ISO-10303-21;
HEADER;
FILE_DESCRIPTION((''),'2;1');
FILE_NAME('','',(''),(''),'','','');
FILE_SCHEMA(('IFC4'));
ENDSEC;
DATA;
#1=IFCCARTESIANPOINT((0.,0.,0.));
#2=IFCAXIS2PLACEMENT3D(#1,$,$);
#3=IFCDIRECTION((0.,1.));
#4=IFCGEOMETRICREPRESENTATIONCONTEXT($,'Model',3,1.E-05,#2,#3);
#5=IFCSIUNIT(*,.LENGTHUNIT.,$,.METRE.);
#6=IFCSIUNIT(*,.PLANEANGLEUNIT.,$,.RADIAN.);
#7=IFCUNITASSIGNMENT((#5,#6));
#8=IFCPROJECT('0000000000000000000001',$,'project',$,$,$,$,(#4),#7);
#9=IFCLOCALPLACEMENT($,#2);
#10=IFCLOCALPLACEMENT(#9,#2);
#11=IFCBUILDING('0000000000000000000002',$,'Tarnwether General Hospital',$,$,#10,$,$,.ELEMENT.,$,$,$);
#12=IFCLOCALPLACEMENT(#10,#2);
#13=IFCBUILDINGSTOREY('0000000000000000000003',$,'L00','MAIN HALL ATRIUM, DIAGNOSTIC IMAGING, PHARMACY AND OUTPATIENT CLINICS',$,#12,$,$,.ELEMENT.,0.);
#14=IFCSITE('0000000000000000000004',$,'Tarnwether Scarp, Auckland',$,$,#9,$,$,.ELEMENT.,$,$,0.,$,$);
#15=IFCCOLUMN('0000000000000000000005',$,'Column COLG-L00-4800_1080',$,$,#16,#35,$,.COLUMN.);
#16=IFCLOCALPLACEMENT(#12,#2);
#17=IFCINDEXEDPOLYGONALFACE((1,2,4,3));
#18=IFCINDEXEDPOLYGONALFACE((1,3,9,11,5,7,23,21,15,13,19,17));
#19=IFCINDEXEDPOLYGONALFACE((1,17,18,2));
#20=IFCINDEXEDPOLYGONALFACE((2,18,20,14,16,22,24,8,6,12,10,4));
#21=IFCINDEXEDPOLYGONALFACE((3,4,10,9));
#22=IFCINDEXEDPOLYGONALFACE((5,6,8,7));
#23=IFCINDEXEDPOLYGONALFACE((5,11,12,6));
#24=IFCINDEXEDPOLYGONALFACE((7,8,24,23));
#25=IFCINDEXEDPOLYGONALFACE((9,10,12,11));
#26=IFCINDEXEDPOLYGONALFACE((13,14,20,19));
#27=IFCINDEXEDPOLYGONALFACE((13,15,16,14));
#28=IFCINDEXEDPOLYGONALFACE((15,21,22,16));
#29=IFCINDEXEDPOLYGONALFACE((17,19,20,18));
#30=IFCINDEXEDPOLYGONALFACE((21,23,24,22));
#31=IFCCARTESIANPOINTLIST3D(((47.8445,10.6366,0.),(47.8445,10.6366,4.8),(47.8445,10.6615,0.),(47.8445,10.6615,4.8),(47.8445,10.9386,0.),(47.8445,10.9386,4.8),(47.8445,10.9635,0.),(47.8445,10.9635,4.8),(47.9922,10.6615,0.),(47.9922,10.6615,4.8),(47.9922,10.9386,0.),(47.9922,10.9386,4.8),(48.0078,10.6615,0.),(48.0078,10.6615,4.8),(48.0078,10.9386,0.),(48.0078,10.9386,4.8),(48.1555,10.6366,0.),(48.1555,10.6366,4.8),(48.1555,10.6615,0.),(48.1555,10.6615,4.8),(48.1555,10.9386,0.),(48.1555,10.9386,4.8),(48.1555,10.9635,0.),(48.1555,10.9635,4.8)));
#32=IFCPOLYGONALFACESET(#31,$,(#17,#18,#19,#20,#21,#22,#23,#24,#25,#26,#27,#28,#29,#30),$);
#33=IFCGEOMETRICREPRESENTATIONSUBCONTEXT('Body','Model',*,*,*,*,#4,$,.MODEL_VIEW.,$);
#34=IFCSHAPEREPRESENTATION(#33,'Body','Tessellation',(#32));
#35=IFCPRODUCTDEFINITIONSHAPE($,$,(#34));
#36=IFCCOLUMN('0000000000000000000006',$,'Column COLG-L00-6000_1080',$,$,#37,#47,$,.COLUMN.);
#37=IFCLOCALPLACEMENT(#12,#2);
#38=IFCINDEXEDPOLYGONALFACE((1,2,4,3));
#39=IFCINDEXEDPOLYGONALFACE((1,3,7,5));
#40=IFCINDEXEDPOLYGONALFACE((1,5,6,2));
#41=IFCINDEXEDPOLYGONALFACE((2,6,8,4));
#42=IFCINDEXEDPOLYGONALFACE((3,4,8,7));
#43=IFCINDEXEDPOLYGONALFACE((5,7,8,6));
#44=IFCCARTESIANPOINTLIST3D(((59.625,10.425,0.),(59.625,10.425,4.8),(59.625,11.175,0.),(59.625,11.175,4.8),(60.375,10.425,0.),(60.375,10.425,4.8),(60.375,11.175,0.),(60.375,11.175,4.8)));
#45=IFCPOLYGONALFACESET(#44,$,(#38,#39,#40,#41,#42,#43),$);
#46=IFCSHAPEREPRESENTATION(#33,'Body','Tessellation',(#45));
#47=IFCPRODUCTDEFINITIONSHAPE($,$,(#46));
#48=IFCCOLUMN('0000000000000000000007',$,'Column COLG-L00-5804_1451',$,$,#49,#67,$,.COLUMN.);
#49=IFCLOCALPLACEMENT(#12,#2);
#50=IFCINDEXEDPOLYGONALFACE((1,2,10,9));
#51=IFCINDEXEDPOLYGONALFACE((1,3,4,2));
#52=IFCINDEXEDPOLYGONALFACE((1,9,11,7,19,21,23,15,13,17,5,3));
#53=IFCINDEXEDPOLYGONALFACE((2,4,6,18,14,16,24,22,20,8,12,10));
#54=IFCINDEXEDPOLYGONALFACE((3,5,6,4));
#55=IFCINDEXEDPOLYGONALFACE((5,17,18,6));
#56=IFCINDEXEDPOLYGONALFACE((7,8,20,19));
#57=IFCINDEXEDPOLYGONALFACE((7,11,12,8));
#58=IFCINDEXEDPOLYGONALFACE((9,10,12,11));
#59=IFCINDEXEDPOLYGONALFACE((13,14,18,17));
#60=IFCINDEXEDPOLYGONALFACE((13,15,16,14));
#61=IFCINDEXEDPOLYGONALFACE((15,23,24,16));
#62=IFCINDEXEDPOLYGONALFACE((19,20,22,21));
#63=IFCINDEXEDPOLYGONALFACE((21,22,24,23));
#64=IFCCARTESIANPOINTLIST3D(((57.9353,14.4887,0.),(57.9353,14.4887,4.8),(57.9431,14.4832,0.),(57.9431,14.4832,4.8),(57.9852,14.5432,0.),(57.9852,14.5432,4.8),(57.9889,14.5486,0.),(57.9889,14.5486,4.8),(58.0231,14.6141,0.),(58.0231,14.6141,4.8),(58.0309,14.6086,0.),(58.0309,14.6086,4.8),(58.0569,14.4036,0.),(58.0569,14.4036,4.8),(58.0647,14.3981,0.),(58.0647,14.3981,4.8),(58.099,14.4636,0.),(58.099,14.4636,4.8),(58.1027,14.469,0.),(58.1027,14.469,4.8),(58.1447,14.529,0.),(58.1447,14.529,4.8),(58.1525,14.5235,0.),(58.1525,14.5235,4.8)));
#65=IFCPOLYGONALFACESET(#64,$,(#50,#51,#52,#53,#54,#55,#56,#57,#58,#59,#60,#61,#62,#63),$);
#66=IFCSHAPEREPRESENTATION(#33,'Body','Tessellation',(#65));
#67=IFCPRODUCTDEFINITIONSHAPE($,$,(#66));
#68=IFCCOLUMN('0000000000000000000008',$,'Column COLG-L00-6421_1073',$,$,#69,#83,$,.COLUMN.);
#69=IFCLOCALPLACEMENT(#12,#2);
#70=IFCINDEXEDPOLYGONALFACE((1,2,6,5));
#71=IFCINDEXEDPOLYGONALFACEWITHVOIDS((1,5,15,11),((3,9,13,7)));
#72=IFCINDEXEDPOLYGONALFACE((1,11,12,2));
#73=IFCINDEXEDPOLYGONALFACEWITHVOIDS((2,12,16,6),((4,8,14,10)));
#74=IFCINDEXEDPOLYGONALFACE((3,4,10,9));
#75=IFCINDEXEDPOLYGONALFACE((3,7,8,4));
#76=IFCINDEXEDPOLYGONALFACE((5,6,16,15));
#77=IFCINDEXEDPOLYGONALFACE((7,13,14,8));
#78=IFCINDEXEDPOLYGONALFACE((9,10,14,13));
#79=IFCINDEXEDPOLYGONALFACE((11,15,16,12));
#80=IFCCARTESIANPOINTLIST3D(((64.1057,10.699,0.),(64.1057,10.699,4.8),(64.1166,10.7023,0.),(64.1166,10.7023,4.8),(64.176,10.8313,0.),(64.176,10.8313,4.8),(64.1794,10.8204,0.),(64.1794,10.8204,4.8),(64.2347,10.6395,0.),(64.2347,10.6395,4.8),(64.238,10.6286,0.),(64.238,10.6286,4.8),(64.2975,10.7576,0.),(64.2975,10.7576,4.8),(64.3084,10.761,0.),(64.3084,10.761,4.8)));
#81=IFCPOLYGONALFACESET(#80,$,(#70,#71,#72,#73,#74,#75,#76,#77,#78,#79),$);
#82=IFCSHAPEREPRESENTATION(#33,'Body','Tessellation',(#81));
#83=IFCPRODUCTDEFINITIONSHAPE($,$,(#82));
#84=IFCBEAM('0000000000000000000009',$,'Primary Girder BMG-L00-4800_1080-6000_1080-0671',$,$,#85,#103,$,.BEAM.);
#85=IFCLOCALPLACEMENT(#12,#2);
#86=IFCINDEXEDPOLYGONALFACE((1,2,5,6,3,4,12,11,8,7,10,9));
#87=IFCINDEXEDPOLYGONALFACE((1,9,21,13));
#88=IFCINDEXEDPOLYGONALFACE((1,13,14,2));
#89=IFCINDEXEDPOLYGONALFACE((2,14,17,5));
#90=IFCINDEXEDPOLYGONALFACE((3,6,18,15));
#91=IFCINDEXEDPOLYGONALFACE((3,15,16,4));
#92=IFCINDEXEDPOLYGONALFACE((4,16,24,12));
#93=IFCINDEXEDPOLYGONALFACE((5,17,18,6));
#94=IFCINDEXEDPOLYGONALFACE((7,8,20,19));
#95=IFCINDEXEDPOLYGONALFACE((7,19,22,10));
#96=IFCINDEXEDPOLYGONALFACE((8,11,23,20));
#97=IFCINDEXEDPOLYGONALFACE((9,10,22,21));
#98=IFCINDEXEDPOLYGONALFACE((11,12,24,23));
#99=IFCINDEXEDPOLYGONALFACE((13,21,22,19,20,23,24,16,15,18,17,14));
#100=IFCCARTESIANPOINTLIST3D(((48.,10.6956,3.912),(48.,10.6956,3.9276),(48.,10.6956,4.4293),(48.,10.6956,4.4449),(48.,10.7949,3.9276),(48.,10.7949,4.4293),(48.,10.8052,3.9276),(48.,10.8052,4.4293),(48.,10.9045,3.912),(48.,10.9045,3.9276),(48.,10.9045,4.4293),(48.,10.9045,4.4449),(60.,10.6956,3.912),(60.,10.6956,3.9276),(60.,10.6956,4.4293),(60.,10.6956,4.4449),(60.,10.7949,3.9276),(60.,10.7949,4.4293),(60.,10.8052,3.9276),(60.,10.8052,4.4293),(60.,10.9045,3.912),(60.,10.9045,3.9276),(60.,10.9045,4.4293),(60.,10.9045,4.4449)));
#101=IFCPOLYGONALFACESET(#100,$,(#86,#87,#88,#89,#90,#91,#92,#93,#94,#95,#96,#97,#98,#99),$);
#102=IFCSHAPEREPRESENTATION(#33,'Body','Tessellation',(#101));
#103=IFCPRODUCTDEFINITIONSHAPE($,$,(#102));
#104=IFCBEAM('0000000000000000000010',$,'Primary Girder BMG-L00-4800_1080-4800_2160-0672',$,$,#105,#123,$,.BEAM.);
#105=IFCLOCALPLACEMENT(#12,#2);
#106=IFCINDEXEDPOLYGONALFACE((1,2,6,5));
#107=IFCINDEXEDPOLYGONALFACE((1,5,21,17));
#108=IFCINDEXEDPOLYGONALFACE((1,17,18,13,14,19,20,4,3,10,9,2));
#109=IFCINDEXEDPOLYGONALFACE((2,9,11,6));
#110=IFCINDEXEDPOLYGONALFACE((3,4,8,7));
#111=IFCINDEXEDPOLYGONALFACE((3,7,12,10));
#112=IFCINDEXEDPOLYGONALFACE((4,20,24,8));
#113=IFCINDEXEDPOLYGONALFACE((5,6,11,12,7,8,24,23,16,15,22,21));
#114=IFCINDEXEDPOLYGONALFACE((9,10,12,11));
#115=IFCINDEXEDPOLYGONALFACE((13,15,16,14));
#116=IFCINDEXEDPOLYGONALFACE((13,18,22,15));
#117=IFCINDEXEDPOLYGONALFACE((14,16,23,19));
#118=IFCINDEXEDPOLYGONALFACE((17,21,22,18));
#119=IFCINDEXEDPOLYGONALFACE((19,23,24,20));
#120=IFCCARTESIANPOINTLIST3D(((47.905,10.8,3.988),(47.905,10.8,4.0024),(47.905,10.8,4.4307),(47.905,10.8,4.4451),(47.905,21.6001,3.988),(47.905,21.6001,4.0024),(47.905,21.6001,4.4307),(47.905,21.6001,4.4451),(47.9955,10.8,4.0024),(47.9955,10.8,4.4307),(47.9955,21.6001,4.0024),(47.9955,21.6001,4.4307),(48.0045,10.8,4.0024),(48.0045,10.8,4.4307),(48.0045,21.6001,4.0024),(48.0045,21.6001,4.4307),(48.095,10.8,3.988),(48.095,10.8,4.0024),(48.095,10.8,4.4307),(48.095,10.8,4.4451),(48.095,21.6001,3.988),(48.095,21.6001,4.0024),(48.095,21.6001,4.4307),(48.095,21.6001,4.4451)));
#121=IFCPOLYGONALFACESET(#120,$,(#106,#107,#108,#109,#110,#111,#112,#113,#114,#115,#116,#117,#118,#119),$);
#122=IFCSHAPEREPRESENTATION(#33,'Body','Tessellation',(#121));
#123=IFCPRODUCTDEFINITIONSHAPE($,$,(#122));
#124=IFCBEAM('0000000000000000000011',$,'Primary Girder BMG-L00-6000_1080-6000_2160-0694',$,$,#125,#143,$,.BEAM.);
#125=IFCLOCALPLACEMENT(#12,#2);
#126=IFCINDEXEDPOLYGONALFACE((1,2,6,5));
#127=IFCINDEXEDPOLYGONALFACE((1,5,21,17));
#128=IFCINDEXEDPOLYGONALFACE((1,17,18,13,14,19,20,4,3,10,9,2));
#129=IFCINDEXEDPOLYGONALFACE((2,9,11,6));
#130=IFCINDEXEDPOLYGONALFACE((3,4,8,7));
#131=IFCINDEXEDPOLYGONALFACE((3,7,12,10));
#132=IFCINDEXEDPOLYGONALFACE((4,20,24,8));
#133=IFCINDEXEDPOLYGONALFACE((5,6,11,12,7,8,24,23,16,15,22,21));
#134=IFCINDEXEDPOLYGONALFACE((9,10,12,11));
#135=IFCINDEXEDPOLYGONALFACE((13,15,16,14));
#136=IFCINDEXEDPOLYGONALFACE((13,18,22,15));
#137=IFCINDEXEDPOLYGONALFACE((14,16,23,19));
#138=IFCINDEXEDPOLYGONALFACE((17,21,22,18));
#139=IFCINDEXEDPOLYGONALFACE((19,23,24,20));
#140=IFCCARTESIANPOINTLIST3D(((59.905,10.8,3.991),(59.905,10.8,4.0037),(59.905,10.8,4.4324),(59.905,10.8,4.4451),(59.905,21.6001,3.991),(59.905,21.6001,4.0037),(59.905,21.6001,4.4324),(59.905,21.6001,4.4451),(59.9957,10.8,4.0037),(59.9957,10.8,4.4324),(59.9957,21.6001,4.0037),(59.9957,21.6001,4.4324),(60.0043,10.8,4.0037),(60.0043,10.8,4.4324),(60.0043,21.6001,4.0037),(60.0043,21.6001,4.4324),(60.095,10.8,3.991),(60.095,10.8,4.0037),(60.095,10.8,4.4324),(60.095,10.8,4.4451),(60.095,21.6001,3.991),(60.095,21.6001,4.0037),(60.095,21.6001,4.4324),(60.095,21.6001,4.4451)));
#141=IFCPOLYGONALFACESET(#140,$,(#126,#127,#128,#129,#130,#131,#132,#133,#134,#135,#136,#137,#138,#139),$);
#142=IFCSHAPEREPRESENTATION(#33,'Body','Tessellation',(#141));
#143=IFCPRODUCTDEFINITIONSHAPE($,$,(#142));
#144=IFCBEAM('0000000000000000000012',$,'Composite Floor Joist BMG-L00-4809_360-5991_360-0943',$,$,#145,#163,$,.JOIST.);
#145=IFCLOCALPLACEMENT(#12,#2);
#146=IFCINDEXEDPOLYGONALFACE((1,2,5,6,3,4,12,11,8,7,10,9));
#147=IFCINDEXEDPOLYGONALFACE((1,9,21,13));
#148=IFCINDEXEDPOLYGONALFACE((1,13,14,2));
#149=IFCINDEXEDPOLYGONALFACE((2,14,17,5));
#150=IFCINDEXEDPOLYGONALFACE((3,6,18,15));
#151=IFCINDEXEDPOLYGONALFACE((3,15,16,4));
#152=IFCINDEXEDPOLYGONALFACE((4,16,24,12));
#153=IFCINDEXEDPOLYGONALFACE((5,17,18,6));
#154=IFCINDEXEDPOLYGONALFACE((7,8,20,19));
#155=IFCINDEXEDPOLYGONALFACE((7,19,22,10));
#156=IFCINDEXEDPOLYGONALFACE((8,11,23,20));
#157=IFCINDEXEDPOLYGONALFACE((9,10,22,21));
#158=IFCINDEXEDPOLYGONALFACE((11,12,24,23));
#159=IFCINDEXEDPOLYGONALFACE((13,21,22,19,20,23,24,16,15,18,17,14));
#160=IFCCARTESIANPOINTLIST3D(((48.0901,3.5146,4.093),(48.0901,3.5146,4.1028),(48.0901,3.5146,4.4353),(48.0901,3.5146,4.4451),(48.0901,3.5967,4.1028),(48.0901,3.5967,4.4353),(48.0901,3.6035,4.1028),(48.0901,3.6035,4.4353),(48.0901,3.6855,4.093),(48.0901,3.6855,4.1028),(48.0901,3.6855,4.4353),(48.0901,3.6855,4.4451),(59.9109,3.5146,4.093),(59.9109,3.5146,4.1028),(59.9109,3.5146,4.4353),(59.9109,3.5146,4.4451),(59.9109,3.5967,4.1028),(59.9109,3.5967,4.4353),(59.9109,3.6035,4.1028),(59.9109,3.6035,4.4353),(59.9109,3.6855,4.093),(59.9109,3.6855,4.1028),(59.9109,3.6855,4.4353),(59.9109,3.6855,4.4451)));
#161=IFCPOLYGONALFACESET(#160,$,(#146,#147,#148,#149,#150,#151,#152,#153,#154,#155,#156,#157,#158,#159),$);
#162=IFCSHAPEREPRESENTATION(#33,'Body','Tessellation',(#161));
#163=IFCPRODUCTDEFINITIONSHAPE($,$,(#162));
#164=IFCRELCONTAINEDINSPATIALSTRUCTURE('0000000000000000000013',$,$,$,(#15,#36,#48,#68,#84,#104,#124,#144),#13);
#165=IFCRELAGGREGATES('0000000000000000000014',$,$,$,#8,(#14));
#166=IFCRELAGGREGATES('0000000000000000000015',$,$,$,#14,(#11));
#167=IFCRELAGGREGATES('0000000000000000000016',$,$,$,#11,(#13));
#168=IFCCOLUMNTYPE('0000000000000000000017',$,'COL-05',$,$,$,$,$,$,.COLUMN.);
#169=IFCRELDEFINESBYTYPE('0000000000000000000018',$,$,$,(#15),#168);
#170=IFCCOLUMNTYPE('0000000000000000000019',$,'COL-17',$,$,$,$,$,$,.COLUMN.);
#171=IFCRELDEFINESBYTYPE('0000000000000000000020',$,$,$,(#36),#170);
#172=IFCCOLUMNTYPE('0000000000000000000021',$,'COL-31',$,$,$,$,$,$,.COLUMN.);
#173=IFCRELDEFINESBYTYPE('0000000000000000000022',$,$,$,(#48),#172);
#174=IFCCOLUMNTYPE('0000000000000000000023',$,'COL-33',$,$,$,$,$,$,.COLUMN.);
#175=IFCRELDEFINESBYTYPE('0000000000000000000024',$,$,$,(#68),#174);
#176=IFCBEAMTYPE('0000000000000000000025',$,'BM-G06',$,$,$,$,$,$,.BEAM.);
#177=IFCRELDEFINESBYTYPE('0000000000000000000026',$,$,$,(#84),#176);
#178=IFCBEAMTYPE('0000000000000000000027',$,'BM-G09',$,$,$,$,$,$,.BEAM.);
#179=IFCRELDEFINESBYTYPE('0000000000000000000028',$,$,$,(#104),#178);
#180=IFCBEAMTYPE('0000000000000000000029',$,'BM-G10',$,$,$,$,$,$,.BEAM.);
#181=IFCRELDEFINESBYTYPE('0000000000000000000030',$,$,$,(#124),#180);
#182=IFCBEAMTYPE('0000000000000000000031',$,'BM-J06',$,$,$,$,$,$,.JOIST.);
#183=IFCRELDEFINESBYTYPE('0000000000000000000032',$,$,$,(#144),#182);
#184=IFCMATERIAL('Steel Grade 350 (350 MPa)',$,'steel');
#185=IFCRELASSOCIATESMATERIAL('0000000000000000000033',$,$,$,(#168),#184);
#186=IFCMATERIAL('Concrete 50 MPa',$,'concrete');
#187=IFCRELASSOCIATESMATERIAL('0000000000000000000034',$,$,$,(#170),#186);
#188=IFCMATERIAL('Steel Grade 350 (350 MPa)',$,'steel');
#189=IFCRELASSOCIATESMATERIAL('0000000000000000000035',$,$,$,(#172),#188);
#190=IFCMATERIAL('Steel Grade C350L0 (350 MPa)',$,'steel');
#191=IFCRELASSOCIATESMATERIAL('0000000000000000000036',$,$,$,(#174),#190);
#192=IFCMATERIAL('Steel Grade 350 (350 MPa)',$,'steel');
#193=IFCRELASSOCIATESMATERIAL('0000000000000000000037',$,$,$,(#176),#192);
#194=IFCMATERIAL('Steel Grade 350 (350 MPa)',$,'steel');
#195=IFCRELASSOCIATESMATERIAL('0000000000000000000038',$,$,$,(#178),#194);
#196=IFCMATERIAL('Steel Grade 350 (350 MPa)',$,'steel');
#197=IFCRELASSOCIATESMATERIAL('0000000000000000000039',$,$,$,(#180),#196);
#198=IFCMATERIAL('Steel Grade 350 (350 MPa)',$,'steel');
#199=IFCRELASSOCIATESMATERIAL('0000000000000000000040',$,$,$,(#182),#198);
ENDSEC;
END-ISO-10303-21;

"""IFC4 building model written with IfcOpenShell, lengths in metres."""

from ifc_helpers import new_model, si_unit, direction, frame, origin, origin_2d, place, context, subcontext, project, spatial, rectangle, hollow_rectangle, i_section, extrude, material, material_profile, profile_set, type_object, element, save


model = new_model("IFC4")

# Units and contexts
model_context = context("Model", 3, precision=1e-05, world=origin(), true_north=direction((0.0, 1.0)))
body_context = subcontext(model_context, "Body", "Model", "MODEL_VIEW")
ifc_project = project(units=[si_unit("LENGTHUNIT", "METRE"), si_unit("PLANEANGLEUNIT", "RADIAN")], contexts=[model_context])

# Site, building, storey
site_placement = place(None, origin())
site = spatial("IfcSite", under=ifc_project, at=site_placement, Name="Tarnwether Scarp, Auckland", CompositionType="ELEMENT", RefElevation=0.0)
building_placement = place(site_placement, origin())
building = spatial("IfcBuilding", under=site, at=building_placement, Name="Tarnwether General Hospital", CompositionType="ELEMENT")
storey_placement = place(building_placement, origin())
storey = spatial("IfcBuildingStorey", under=building, at=storey_placement, Name="L00", Description="MAIN HALL ATRIUM, DIAGNOSTIC IMAGING, PHARMACY AND OUTPATIENT CLINICS", CompositionType="ELEMENT", Elevation=0.0)

# Columns
ifc_material_1 = material(Name="Steel Grade 350 (350 MPa)", Category="steel")
ifc_material_profile_1 = material_profile(ifc_material_1, i_section(OverallWidth=0.311, OverallDepth=0.3269, WebThickness=0.0156, FlangeThickness=0.0249, at=origin_2d()), Name="310UC158")
ifc_profile_set_1 = profile_set([ifc_material_profile_1], Name="Steel Grade 350 (350 MPa)")
column_type_1 = type_object("IfcColumnType", Name="COL-05", PredefinedType="COLUMN", material=ifc_profile_set_1)
column_1_placement = place(storey_placement, frame((48.0, 10.8, 0.0), z_axis=(0.0, 0.0, 1.0), x_axis=(1.0, 0.0, 0.0)))
element("IfcColumn", 1, at=column_1_placement, inside=storey, type_object=column_type_1, Name="Column COLG-L00-4800_1080", PredefinedType="COLUMN", context=body_context, shape_type="SweptSolid", body=[
    extrude(i_section(OverallWidth=0.311, OverallDepth=0.3269, WebThickness=0.0156, FlangeThickness=0.0249, at=origin_2d()), origin(), (0.0, 0.0, 1.0), 4.8),
])
ifc_material_2 = material(Name="Concrete 50 MPa", Category="concrete")
ifc_material_profile_2 = material_profile(ifc_material_2, rectangle(XDim=0.75, YDim=0.75, at=origin_2d()), Name="RC-COL-750x750")
ifc_profile_set_2 = profile_set([ifc_material_profile_2], Name="Concrete 50 MPa")
column_type_2 = type_object("IfcColumnType", Name="COL-17", PredefinedType="COLUMN", material=ifc_profile_set_2)
column_2_placement = place(storey_placement, frame((60.0, 10.8, 0.0), z_axis=(0.0, 0.0, 1.0), x_axis=(0.0, 1.0, 0.0)))
element("IfcColumn", 2, at=column_2_placement, inside=storey, type_object=column_type_2, Name="Column COLG-L00-6000_1080", PredefinedType="COLUMN", context=body_context, shape_type="SweptSolid", body=[
    extrude(rectangle(XDim=0.75, YDim=0.75, at=origin_2d()), origin(), (0.0, 0.0, 1.0), 4.8),
])
ifc_material_3 = material(Name="Steel Grade 350 (350 MPa)", Category="steel")
ifc_material_profile_3 = material_profile(ifc_material_3, i_section(OverallWidth=0.1531, OverallDepth=0.158, WebThickness=0.0066, FlangeThickness=0.0095, at=origin_2d()), Name="150UC30.0")
ifc_profile_set_3 = profile_set([ifc_material_profile_3], Name="Steel Grade 350 (350 MPa)")
column_type_3 = type_object("IfcColumnType", Name="COL-31", PredefinedType="COLUMN", material=ifc_profile_set_3)
column_3_placement = place(storey_placement, frame((58.0439, 14.5061, 0.0), z_axis=(0.0, 0.0, 1.0), x_axis=(0.573576, 0.819152, 0.0)))
element("IfcColumn", 3, at=column_3_placement, inside=storey, type_object=column_type_3, Name="Column COLG-L00-5804_1451", PredefinedType="COLUMN", context=body_context, shape_type="SweptSolid", body=[
    extrude(i_section(OverallWidth=0.1531, OverallDepth=0.158, WebThickness=0.0066, FlangeThickness=0.0095, at=origin_2d()), origin(), (0.0, 0.0, 1.0), 4.8),
])
ifc_material_4 = material(Name="Steel Grade C350L0 (350 MPa)", Category="steel")
ifc_material_profile_4 = material_profile(ifc_material_4, hollow_rectangle(XDim=0.1499, YDim=0.1499, WallThickness=0.0081, at=origin_2d()), Name="SHS150x150x8")
ifc_profile_set_4 = profile_set([ifc_material_profile_4], Name="Steel Grade C350L0 (350 MPa)")
column_type_4 = type_object("IfcColumnType", Name="COL-33", PredefinedType="COLUMN", material=ifc_profile_set_4)
column_4_placement = place(storey_placement, frame((64.207, 10.73, 0.0), z_axis=(0.0, 0.0, 1.0), x_axis=(0.469472, 0.882948, 0.0)))
element("IfcColumn", 4, at=column_4_placement, inside=storey, type_object=column_type_4, Name="Column COLG-L00-6421_1073", PredefinedType="COLUMN", context=body_context, shape_type="SweptSolid", body=[
    extrude(hollow_rectangle(XDim=0.1499, YDim=0.1499, WallThickness=0.0081, at=origin_2d()), origin(), (0.0, 0.0, 1.0), 4.8),
])

# Beams
ifc_material_5 = material(Name="Steel Grade 350 (350 MPa)", Category="steel")
ifc_material_profile_5 = material_profile(ifc_material_5, i_section(OverallWidth=0.209, OverallDepth=0.533, WebThickness=0.0103, FlangeThickness=0.0156, at=origin_2d()), Name="530UB92.4")
ifc_profile_set_5 = profile_set([ifc_material_profile_5], Name="Steel Grade 350 (350 MPa)")
beam_type_1 = type_object("IfcBeamType", Name="BM-G06", PredefinedType="BEAM", material=ifc_profile_set_5)
beam_1_placement = place(storey_placement, frame((48.0, 10.8, 4.1785), z_axis=(1.0, 0.0, 0.0), x_axis=(0.0, 1.0, 0.0)))
element("IfcBeam", 5, at=beam_1_placement, inside=storey, type_object=beam_type_1, Name="Primary Girder BMG-L00-4800_1080-6000_1080-0671", PredefinedType="BEAM", context=body_context, shape_type="SweptSolid", body=[
    extrude(i_section(OverallWidth=0.209, OverallDepth=0.533, WebThickness=0.0103, FlangeThickness=0.0156, at=origin_2d()), origin(), (0.0, 0.0, 1.0), 12.0),
])
ifc_material_6 = material(Name="Steel Grade 350 (350 MPa)", Category="steel")
ifc_material_profile_6 = material_profile(ifc_material_6, i_section(OverallWidth=0.1899, OverallDepth=0.457, WebThickness=0.009, FlangeThickness=0.0144, at=origin_2d()), Name="460UB74.6")
ifc_profile_set_6 = profile_set([ifc_material_profile_6], Name="Steel Grade 350 (350 MPa)")
beam_type_2 = type_object("IfcBeamType", Name="BM-G09", PredefinedType="BEAM", material=ifc_profile_set_6)
beam_2_placement = place(storey_placement, frame((48.0, 10.8, 4.2166), z_axis=(0.0, 1.0, 0.0), x_axis=(-1.0, 0.0, 0.0)))
element("IfcBeam", 6, at=beam_2_placement, inside=storey, type_object=beam_type_2, Name="Primary Girder BMG-L00-4800_1080-4800_2160-0672", PredefinedType="BEAM", context=body_context, shape_type="SweptSolid", body=[
    extrude(i_section(OverallWidth=0.1899, OverallDepth=0.457, WebThickness=0.009, FlangeThickness=0.0144, at=origin_2d()), origin(), (0.0, 0.0, 1.0), 10.8),
])
ifc_material_7 = material(Name="Steel Grade 350 (350 MPa)", Category="steel")
ifc_material_profile_7 = material_profile(ifc_material_7, i_section(OverallWidth=0.1899, OverallDepth=0.4541, WebThickness=0.0085, FlangeThickness=0.0127, at=origin_2d()), Name="460UB67.1")
ifc_profile_set_7 = profile_set([ifc_material_profile_7], Name="Steel Grade 350 (350 MPa)")
beam_type_3 = type_object("IfcBeamType", Name="BM-G10", PredefinedType="BEAM", material=ifc_profile_set_7)
beam_3_placement = place(storey_placement, frame((60.0, 10.8, 4.218), z_axis=(0.0, 1.0, 0.0), x_axis=(-1.0, 0.0, 0.0)))
element("IfcBeam", 7, at=beam_3_placement, inside=storey, type_object=beam_type_3, Name="Primary Girder BMG-L00-6000_1080-6000_2160-0694", PredefinedType="BEAM", context=body_context, shape_type="SweptSolid", body=[
    extrude(i_section(OverallWidth=0.1899, OverallDepth=0.4541, WebThickness=0.0085, FlangeThickness=0.0127, at=origin_2d()), origin(), (0.0, 0.0, 1.0), 10.8),
])
ifc_material_8 = material(Name="Steel Grade 350 (350 MPa)", Category="steel")
ifc_material_profile_8 = material_profile(ifc_material_8, i_section(OverallWidth=0.1709, OverallDepth=0.3521, WebThickness=0.0068, FlangeThickness=0.0098, at=origin_2d()), Name="360UB44.7")
ifc_profile_set_8 = profile_set([ifc_material_profile_8], Name="Steel Grade 350 (350 MPa)")
beam_type_4 = type_object("IfcBeamType", Name="BM-J06", PredefinedType="JOIST", material=ifc_profile_set_8)
beam_4_placement = place(storey_placement, frame((48.0901, 3.6001, 4.269), z_axis=(1.0, 0.0, 0.0), x_axis=(0.0, 1.0, 0.0)))
element("IfcBeam", 8, at=beam_4_placement, inside=storey, type_object=beam_type_4, Name="Composite Floor Joist BMG-L00-4809_360-5991_360-0943", PredefinedType="JOIST", context=body_context, shape_type="SweptSolid", body=[
    extrude(i_section(OverallWidth=0.1709, OverallDepth=0.3521, WebThickness=0.0068, FlangeThickness=0.0098, at=origin_2d()), origin(), (0.0, 0.0, 1.0), 11.8208),
])

save(model, "model.ifc")
